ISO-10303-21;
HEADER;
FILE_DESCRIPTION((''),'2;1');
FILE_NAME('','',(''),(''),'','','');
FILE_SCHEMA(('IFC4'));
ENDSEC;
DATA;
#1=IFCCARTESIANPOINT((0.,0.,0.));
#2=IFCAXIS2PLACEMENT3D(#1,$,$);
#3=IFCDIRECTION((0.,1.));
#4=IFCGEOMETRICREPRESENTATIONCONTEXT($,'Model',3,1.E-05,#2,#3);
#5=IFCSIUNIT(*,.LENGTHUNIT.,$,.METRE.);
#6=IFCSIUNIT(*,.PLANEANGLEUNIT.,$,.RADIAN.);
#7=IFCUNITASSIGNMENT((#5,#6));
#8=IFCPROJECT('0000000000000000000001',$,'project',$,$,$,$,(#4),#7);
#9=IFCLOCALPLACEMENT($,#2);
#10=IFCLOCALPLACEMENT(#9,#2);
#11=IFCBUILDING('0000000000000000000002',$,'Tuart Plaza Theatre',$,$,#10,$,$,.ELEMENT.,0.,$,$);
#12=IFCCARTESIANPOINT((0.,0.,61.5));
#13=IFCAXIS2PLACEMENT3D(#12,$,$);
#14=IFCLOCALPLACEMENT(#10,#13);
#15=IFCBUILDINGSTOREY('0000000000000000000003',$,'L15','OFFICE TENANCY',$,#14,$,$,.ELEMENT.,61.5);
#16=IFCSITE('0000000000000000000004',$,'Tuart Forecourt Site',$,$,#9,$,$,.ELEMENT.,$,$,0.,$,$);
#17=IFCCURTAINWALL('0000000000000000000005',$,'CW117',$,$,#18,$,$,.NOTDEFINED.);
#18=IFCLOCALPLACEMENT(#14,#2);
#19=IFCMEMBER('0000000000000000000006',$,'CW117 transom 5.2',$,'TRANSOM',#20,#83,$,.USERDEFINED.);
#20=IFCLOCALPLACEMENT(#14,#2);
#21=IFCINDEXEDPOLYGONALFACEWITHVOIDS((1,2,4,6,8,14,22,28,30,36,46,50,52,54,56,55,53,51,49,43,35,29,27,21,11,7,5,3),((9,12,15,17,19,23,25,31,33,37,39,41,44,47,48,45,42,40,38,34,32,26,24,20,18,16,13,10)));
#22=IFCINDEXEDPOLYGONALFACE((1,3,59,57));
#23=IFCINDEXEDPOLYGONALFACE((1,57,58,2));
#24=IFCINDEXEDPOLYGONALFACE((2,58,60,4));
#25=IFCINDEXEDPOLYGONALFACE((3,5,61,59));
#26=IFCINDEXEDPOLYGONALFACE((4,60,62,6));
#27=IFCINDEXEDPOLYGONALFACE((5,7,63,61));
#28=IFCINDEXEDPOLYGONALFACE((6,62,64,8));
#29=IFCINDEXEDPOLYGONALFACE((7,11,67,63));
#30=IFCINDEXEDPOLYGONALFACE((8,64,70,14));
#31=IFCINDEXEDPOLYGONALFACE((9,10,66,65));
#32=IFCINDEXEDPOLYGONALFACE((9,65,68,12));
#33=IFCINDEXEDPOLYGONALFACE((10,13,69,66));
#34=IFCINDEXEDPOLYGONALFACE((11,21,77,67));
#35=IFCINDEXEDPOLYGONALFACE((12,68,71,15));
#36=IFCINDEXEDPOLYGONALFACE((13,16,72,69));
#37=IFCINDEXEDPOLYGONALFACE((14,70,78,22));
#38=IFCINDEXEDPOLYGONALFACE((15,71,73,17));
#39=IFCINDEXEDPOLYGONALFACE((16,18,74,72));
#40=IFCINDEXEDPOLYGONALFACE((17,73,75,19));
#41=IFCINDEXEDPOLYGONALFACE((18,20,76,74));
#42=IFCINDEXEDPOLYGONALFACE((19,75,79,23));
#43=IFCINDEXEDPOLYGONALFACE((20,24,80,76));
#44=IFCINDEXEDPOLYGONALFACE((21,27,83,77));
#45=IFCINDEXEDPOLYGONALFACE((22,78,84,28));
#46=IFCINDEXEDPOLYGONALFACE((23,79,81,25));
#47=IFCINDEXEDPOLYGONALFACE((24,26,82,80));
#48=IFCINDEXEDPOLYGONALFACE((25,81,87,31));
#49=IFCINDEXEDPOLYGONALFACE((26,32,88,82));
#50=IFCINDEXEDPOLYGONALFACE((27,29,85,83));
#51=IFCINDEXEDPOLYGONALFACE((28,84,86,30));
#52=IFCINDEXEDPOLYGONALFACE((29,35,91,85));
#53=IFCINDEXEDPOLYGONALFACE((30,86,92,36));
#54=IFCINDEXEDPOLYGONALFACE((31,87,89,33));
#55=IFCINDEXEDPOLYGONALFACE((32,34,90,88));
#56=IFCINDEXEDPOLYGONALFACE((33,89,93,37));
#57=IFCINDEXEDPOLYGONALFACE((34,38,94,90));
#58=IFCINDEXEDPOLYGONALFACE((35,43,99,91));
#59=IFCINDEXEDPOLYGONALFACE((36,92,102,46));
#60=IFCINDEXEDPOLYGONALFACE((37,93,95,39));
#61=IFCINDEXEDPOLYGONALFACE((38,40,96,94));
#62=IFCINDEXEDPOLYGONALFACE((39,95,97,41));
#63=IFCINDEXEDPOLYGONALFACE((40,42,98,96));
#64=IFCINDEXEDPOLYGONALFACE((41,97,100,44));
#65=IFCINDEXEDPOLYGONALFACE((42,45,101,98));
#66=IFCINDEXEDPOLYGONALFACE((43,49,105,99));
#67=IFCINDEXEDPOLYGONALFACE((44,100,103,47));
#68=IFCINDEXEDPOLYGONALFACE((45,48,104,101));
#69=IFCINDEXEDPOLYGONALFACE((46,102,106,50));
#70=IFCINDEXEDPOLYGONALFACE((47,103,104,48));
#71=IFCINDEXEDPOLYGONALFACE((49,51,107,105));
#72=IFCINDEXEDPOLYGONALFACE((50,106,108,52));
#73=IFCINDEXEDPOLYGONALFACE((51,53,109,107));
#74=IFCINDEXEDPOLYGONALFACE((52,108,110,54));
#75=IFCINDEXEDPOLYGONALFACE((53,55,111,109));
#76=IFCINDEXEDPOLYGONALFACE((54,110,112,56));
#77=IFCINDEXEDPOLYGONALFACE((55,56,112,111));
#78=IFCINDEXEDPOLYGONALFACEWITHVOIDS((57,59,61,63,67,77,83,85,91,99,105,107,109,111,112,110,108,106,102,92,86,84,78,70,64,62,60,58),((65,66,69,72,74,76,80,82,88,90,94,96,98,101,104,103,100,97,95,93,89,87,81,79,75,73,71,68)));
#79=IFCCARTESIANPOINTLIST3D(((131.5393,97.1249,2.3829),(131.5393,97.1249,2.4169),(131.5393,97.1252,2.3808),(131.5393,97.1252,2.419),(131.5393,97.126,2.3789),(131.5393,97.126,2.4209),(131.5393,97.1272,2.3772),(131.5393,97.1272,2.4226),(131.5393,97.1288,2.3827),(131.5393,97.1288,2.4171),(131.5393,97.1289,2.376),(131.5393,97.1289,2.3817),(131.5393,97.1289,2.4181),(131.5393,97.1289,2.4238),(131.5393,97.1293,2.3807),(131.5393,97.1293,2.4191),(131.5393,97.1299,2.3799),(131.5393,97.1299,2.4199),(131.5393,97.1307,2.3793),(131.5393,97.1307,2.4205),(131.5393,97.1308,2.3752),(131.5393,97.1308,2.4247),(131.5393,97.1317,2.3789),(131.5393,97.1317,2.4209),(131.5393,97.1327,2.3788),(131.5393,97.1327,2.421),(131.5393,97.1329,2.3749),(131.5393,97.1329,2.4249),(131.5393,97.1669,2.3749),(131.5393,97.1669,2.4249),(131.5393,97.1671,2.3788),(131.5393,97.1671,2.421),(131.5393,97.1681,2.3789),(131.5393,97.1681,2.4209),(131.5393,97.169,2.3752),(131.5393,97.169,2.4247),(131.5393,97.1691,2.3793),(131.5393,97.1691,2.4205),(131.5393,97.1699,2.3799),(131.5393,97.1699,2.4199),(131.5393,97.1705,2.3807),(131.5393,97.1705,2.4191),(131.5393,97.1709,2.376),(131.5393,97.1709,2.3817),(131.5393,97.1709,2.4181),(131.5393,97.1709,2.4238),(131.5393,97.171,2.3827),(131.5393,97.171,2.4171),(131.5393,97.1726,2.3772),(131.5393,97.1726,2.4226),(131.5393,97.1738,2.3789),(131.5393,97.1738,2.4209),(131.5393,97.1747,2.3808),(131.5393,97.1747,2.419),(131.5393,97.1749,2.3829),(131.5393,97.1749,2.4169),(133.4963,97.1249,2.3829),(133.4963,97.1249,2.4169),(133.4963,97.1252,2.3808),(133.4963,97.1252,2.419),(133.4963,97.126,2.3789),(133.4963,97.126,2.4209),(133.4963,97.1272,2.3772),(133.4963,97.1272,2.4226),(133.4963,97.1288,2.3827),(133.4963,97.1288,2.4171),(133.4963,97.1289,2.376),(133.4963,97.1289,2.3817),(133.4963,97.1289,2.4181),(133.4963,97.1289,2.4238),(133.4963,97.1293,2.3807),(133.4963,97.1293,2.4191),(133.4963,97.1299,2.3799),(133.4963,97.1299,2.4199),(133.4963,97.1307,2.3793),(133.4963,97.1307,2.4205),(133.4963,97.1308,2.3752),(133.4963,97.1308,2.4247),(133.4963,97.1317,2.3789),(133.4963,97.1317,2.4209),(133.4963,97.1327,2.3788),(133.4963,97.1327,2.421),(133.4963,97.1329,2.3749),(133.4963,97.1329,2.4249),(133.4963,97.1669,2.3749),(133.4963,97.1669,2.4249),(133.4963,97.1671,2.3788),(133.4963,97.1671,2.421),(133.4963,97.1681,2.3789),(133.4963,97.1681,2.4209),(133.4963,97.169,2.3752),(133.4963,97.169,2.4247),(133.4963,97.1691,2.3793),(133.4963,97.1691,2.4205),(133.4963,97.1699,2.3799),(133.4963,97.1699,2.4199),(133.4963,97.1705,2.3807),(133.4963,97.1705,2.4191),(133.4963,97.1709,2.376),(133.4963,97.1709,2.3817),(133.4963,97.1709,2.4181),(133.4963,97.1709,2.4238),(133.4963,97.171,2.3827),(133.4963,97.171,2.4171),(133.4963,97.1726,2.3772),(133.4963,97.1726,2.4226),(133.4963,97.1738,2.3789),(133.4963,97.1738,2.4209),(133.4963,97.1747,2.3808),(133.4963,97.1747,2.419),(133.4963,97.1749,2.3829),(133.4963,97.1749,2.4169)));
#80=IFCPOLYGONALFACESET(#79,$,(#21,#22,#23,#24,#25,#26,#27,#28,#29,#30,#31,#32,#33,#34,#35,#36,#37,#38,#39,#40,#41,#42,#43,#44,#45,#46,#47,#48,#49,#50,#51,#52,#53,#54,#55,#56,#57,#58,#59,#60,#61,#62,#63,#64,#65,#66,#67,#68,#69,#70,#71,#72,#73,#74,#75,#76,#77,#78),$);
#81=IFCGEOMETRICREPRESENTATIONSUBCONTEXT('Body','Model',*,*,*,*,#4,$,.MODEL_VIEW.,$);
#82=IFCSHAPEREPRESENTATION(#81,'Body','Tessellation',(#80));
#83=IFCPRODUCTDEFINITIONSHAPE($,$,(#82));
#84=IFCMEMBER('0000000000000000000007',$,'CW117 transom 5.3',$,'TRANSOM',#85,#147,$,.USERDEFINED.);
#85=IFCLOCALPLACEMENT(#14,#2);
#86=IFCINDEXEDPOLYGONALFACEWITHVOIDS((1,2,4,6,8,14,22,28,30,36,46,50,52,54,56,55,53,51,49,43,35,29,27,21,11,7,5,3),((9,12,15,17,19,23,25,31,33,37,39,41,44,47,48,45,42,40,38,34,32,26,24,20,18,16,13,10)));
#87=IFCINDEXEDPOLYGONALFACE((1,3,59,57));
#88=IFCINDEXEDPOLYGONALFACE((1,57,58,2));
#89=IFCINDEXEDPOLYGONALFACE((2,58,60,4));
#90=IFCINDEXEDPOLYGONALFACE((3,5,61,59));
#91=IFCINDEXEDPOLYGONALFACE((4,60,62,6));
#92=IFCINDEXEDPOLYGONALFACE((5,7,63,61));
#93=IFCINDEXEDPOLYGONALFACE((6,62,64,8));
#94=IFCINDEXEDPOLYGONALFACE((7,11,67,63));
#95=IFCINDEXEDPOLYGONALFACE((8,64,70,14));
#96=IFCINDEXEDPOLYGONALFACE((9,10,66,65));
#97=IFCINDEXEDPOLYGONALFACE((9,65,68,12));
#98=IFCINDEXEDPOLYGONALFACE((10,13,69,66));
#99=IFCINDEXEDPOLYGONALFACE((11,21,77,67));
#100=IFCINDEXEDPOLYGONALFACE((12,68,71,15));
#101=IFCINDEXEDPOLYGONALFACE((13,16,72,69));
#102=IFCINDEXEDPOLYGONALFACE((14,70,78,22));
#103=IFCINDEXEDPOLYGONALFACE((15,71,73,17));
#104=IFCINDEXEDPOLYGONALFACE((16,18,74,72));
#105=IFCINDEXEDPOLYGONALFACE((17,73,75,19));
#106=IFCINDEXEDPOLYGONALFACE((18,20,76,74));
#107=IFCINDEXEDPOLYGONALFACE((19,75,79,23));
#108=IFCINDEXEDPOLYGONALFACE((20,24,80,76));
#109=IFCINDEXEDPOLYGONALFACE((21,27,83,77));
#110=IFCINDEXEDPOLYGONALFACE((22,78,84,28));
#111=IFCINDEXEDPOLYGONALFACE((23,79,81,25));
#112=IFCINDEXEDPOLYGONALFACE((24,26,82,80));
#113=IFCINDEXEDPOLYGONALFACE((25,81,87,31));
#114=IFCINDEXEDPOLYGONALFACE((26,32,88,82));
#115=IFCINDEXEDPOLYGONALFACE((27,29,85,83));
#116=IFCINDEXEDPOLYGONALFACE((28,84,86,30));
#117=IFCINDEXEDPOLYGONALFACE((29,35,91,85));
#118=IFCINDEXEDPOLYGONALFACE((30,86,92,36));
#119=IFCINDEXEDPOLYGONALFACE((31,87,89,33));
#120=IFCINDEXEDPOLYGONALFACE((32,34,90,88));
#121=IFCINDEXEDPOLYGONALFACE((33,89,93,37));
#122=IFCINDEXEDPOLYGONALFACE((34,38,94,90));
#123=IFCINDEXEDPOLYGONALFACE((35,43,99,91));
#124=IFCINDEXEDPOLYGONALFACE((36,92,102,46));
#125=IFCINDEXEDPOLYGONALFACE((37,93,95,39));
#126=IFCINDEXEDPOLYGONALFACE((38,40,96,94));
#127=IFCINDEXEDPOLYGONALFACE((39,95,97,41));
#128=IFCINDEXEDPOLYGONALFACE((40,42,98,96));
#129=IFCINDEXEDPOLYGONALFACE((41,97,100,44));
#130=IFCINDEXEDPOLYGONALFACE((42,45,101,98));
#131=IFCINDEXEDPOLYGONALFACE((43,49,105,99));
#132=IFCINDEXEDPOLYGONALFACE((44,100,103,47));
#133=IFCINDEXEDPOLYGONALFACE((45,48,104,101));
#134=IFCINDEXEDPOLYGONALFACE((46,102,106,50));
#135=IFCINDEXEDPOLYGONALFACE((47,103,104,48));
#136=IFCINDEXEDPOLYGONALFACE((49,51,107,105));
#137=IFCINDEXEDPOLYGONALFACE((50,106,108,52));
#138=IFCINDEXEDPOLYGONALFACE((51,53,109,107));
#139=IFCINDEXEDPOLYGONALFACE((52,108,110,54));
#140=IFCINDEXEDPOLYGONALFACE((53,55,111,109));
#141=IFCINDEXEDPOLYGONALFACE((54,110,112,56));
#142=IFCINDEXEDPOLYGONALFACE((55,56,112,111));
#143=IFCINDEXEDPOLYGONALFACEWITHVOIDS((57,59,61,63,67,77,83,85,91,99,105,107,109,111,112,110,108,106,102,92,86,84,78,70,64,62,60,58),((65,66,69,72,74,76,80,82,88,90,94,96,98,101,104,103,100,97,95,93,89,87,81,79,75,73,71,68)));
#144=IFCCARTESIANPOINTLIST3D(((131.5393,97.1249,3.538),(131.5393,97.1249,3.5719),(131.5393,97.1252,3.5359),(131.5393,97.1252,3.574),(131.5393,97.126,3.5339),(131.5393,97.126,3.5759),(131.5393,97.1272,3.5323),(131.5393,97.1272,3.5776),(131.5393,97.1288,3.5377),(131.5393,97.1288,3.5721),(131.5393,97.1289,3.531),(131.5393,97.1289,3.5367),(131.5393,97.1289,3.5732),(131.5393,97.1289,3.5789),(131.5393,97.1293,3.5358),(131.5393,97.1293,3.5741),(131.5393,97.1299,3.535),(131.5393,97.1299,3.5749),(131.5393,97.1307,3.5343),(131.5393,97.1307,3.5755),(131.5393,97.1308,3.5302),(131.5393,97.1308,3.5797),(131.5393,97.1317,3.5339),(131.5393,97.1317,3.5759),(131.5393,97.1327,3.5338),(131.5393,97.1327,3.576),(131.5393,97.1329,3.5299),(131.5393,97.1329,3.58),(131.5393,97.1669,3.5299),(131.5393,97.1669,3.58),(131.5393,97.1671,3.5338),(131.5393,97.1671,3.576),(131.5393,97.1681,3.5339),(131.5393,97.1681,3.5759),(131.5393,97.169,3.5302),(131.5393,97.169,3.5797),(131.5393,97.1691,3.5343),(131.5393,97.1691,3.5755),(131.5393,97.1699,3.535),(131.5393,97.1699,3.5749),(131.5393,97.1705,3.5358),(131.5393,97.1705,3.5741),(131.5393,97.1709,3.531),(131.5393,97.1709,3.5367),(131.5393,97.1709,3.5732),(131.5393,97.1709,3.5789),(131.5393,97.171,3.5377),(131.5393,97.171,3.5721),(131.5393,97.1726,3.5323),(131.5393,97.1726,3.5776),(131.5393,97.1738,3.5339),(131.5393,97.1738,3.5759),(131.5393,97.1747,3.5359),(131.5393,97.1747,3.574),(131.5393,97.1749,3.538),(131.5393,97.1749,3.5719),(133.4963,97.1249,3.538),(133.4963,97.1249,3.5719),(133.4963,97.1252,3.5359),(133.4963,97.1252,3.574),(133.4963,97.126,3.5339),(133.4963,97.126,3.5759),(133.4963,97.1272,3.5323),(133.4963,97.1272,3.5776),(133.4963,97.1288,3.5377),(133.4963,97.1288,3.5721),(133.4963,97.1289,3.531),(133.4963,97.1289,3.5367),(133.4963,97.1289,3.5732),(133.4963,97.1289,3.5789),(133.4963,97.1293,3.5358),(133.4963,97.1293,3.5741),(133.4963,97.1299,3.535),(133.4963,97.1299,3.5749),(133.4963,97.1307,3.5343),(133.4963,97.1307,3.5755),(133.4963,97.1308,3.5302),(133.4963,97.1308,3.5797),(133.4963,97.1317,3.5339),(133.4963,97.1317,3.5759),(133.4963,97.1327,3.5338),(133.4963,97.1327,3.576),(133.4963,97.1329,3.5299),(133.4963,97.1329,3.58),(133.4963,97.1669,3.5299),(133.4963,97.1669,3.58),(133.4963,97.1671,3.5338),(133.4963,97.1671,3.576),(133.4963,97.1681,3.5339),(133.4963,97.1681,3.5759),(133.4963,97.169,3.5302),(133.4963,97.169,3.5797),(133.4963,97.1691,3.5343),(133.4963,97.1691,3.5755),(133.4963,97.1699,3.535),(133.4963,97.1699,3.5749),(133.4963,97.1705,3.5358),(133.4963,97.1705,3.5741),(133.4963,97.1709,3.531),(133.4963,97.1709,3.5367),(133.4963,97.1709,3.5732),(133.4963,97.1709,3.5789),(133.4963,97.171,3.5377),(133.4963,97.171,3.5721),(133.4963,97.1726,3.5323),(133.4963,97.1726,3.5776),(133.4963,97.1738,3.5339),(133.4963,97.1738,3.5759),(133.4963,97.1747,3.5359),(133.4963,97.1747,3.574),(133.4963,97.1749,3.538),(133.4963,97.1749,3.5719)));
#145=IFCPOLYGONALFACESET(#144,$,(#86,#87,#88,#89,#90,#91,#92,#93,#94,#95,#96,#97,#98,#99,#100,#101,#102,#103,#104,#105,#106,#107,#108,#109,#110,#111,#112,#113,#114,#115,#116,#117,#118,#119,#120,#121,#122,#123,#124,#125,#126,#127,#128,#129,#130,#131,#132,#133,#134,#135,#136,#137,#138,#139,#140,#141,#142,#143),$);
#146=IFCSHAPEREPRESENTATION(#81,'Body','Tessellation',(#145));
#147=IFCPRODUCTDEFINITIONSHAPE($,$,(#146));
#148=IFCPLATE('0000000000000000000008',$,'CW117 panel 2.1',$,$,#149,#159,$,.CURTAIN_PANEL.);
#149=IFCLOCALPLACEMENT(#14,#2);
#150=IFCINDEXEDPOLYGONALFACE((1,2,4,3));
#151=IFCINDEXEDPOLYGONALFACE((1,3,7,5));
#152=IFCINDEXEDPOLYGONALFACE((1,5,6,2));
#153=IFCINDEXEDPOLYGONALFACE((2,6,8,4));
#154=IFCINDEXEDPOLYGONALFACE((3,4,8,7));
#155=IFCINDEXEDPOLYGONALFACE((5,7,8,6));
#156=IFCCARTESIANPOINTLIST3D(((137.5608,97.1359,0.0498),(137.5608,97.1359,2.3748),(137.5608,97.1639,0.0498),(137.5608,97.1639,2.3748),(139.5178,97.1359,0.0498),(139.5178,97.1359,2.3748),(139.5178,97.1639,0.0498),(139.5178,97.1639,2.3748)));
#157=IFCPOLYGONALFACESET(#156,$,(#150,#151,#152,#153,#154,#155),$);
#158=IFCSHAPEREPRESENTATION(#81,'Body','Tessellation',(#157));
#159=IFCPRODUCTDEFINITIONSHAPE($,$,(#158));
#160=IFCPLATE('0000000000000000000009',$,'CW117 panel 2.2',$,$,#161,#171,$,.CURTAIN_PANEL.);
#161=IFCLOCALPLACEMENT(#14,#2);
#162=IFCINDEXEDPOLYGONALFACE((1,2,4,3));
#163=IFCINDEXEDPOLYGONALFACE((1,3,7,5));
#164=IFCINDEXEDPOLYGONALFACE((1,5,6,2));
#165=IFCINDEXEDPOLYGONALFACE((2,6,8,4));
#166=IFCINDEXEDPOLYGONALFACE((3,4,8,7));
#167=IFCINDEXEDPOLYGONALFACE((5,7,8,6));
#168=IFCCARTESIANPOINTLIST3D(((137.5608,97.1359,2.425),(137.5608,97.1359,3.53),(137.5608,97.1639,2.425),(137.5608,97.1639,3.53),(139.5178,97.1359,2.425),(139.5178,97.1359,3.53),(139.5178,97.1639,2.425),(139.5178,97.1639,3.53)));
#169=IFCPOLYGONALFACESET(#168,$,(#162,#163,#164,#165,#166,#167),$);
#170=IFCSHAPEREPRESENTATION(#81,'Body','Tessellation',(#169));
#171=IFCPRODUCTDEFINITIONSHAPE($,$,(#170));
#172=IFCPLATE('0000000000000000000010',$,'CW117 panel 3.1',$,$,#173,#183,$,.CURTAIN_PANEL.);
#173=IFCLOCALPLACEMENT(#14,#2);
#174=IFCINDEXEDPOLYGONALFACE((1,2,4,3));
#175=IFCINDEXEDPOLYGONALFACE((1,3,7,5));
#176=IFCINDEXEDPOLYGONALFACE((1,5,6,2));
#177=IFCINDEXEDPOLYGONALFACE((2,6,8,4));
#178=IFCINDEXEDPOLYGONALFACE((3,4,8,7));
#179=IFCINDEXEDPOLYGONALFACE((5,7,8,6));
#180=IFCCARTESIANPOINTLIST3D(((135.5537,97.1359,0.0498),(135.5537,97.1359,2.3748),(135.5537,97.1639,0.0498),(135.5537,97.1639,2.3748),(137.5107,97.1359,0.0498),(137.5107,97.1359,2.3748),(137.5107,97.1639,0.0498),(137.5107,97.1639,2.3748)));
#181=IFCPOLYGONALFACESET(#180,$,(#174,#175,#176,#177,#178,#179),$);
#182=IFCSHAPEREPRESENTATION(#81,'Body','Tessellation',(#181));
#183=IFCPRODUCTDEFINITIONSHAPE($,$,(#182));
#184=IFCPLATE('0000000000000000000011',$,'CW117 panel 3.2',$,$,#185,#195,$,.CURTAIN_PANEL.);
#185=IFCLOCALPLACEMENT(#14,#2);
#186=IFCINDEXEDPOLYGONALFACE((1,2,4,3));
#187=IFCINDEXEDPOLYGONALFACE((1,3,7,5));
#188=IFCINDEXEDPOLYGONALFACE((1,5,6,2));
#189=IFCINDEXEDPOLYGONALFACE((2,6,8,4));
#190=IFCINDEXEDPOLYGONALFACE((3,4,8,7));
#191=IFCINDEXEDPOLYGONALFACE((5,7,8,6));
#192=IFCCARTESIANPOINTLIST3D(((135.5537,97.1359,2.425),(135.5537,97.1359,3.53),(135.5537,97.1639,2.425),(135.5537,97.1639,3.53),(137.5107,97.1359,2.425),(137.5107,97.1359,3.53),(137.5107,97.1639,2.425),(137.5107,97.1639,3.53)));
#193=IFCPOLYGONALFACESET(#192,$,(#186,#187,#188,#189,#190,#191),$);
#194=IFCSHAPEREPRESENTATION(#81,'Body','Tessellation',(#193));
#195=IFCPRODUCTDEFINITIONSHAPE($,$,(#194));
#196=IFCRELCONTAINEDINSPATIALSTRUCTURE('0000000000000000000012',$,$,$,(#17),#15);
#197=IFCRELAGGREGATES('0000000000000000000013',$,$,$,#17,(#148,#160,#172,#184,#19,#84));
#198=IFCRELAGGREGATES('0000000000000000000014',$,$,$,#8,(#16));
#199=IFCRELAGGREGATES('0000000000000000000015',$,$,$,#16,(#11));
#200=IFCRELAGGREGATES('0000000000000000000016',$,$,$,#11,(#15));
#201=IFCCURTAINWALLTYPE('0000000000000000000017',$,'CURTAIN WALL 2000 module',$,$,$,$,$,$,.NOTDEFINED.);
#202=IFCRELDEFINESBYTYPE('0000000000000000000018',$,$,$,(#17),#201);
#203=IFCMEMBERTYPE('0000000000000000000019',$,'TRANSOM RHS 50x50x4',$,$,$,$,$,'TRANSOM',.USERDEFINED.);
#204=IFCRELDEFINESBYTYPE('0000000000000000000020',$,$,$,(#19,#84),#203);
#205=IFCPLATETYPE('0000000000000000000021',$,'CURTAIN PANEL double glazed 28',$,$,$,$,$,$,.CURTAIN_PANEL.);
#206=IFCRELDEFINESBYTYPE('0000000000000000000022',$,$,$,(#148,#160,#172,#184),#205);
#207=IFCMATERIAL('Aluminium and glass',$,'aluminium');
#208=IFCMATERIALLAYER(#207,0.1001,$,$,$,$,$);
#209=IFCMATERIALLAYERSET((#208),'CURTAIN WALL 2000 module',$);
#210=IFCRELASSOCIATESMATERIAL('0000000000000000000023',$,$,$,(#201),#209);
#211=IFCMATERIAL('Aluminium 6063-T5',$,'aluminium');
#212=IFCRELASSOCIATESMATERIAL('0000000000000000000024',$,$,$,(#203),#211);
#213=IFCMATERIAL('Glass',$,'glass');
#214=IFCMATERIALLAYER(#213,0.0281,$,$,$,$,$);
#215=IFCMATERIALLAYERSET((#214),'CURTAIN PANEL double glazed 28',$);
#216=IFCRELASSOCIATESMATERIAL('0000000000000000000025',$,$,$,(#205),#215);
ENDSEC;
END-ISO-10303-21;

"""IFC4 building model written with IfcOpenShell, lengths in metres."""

from ifc_helpers import new_model, si_unit, direction, frame, origin, origin_2d, place, context, subcontext, project, spatial, rectangle, hollow_rectangle, extrude, material, layer, layer_set, material_profile, profile_set, type_object, element, aggregate, save


model = new_model("IFC4")

# Units and contexts
model_context = context("Model", 3, precision=1e-05, world=origin(), true_north=direction((0.0, 1.0)))
body_context = subcontext(model_context, "Body", "Model", "MODEL_VIEW")
ifc_project = project(units=[si_unit("LENGTHUNIT", "METRE"), si_unit("PLANEANGLEUNIT", "RADIAN")], contexts=[model_context])

# Site, building, storey
site_placement = place(None, origin())
site = spatial("IfcSite", under=ifc_project, at=site_placement, Name="Tuart Forecourt Site", CompositionType="ELEMENT", RefElevation=0.0)
building_placement = place(site_placement, origin())
building = spatial("IfcBuilding", under=site, at=building_placement, Name="Tuart Plaza Theatre", CompositionType="ELEMENT", ElevationOfRefHeight=0.0)
storey_placement = place(building_placement, frame((0.0, 0.0, 61.5)))
storey = spatial("IfcBuildingStorey", under=building, at=storey_placement, Name="L15", Description="OFFICE TENANCY", CompositionType="ELEMENT", Elevation=61.5)

# Curtain wall, members, plates
ifc_material_1 = material(Name="Aluminium and glass", Category="aluminium")
ifc_layer_1 = layer(ifc_material_1, 0.1001)
ifc_layer_set_1 = layer_set([ifc_layer_1], Name="CURTAIN WALL 2000 module")
curtain_wall_type = type_object("IfcCurtainWallType", Name="CURTAIN WALL 2000 module", PredefinedType="NOTDEFINED", material=ifc_layer_set_1)
curtain_wall_placement = place(storey_placement, origin())
curtain_wall = element("IfcCurtainWall", 1, at=curtain_wall_placement, inside=storey, type_object=curtain_wall_type, Name="CW117", PredefinedType="NOTDEFINED")
ifc_material_2 = material(Name="Aluminium 6063-T5", Category="aluminium")
ifc_material_profile_1 = material_profile(ifc_material_2, hollow_rectangle(XDim=0.05, YDim=0.05, WallThickness=0.0039, InnerFilletRadius=0.0039, OuterFilletRadius=0.0081, at=origin_2d()), Name="RHS 50x50x4")
ifc_profile_set_1 = profile_set([ifc_material_profile_1], Name="Aluminium 6063-T5")
member_type_1 = type_object("IfcMemberType", Name="TRANSOM RHS 50x50x4", ElementType="TRANSOM", PredefinedType="USERDEFINED", material=ifc_profile_set_1)
member_1_placement = place(storey_placement, frame((133.4963, 97.1499, 2.3999), z_axis=(-1.0, 0.0, 0.0), x_axis=(0.0, -1.0, 0.0)))
member_1 = element("IfcMember", 2, at=member_1_placement, type_object=member_type_1, Name="CW117 transom 5.2", ObjectType="TRANSOM", PredefinedType="USERDEFINED", context=body_context, shape_type="SweptSolid", body=[
    extrude(hollow_rectangle(XDim=0.05, YDim=0.05, WallThickness=0.0039, InnerFilletRadius=0.0039, OuterFilletRadius=0.0081, at=origin_2d()), origin(), (0.0, 0.0, 1.0), 1.957),
])
member_2_placement = place(storey_placement, frame((133.4963, 97.1499, 3.5549), z_axis=(-1.0, 0.0, 0.0), x_axis=(0.0, -1.0, 0.0)))
member_2 = element("IfcMember", 3, at=member_2_placement, type_object=member_type_1, Name="CW117 transom 5.3", ObjectType="TRANSOM", PredefinedType="USERDEFINED", context=body_context, shape_type="SweptSolid", body=[
    extrude(hollow_rectangle(XDim=0.05, YDim=0.05, WallThickness=0.0039, InnerFilletRadius=0.0039, OuterFilletRadius=0.0081, at=origin_2d()), origin(), (0.0, 0.0, 1.0), 1.957),
])
ifc_material_3 = material(Name="Glass", Category="glass")
ifc_layer_2 = layer(ifc_material_3, 0.0281)
ifc_layer_set_2 = layer_set([ifc_layer_2], Name="CURTAIN PANEL double glazed 28")
plate_type = type_object("IfcPlateType", Name="CURTAIN PANEL double glazed 28", PredefinedType="CURTAIN_PANEL", material=ifc_layer_set_2)
plate_1_placement = place(storey_placement, frame((138.5393, 97.1499, 0.0498), z_axis=(0.0, 0.0, 1.0), x_axis=(-1.0, 0.0, 0.0)))
plate_1 = element("IfcPlate", 4, at=plate_1_placement, type_object=plate_type, Name="CW117 panel 2.1", PredefinedType="CURTAIN_PANEL", context=body_context, shape_type="SweptSolid", body=[
    extrude(rectangle(XDim=1.957, YDim=0.0281, at=origin_2d()), origin(), (0.0, 0.0, 1.0), 2.325),
])
plate_2_placement = place(storey_placement, frame((138.5393, 97.1499, 2.425), z_axis=(0.0, 0.0, 1.0), x_axis=(-1.0, 0.0, 0.0)))
plate_2 = element("IfcPlate", 5, at=plate_2_placement, type_object=plate_type, Name="CW117 panel 2.2", PredefinedType="CURTAIN_PANEL", context=body_context, shape_type="SweptSolid", body=[
    extrude(rectangle(XDim=1.957, YDim=0.0281, at=origin_2d()), origin(), (0.0, 0.0, 1.0), 1.105),
])
plate_3_placement = place(storey_placement, frame((136.5322, 97.1499, 0.0498), z_axis=(0.0, 0.0, 1.0), x_axis=(-1.0, 0.0, 0.0)))
plate_3 = element("IfcPlate", 6, at=plate_3_placement, type_object=plate_type, Name="CW117 panel 3.1", PredefinedType="CURTAIN_PANEL", context=body_context, shape_type="SweptSolid", body=[
    extrude(rectangle(XDim=1.957, YDim=0.0281, at=origin_2d()), origin(), (0.0, 0.0, 1.0), 2.325),
])
plate_4_placement = place(storey_placement, frame((136.5322, 97.1499, 2.425), z_axis=(0.0, 0.0, 1.0), x_axis=(-1.0, 0.0, 0.0)))
plate_4 = element("IfcPlate", 7, at=plate_4_placement, type_object=plate_type, Name="CW117 panel 3.2", PredefinedType="CURTAIN_PANEL", context=body_context, shape_type="SweptSolid", body=[
    extrude(rectangle(XDim=1.957, YDim=0.0281, at=origin_2d()), origin(), (0.0, 0.0, 1.0), 1.105),
])
aggregate(curtain_wall, [plate_1, plate_2, plate_3, plate_4, member_1, member_2])

save(model, "model.ifc")
